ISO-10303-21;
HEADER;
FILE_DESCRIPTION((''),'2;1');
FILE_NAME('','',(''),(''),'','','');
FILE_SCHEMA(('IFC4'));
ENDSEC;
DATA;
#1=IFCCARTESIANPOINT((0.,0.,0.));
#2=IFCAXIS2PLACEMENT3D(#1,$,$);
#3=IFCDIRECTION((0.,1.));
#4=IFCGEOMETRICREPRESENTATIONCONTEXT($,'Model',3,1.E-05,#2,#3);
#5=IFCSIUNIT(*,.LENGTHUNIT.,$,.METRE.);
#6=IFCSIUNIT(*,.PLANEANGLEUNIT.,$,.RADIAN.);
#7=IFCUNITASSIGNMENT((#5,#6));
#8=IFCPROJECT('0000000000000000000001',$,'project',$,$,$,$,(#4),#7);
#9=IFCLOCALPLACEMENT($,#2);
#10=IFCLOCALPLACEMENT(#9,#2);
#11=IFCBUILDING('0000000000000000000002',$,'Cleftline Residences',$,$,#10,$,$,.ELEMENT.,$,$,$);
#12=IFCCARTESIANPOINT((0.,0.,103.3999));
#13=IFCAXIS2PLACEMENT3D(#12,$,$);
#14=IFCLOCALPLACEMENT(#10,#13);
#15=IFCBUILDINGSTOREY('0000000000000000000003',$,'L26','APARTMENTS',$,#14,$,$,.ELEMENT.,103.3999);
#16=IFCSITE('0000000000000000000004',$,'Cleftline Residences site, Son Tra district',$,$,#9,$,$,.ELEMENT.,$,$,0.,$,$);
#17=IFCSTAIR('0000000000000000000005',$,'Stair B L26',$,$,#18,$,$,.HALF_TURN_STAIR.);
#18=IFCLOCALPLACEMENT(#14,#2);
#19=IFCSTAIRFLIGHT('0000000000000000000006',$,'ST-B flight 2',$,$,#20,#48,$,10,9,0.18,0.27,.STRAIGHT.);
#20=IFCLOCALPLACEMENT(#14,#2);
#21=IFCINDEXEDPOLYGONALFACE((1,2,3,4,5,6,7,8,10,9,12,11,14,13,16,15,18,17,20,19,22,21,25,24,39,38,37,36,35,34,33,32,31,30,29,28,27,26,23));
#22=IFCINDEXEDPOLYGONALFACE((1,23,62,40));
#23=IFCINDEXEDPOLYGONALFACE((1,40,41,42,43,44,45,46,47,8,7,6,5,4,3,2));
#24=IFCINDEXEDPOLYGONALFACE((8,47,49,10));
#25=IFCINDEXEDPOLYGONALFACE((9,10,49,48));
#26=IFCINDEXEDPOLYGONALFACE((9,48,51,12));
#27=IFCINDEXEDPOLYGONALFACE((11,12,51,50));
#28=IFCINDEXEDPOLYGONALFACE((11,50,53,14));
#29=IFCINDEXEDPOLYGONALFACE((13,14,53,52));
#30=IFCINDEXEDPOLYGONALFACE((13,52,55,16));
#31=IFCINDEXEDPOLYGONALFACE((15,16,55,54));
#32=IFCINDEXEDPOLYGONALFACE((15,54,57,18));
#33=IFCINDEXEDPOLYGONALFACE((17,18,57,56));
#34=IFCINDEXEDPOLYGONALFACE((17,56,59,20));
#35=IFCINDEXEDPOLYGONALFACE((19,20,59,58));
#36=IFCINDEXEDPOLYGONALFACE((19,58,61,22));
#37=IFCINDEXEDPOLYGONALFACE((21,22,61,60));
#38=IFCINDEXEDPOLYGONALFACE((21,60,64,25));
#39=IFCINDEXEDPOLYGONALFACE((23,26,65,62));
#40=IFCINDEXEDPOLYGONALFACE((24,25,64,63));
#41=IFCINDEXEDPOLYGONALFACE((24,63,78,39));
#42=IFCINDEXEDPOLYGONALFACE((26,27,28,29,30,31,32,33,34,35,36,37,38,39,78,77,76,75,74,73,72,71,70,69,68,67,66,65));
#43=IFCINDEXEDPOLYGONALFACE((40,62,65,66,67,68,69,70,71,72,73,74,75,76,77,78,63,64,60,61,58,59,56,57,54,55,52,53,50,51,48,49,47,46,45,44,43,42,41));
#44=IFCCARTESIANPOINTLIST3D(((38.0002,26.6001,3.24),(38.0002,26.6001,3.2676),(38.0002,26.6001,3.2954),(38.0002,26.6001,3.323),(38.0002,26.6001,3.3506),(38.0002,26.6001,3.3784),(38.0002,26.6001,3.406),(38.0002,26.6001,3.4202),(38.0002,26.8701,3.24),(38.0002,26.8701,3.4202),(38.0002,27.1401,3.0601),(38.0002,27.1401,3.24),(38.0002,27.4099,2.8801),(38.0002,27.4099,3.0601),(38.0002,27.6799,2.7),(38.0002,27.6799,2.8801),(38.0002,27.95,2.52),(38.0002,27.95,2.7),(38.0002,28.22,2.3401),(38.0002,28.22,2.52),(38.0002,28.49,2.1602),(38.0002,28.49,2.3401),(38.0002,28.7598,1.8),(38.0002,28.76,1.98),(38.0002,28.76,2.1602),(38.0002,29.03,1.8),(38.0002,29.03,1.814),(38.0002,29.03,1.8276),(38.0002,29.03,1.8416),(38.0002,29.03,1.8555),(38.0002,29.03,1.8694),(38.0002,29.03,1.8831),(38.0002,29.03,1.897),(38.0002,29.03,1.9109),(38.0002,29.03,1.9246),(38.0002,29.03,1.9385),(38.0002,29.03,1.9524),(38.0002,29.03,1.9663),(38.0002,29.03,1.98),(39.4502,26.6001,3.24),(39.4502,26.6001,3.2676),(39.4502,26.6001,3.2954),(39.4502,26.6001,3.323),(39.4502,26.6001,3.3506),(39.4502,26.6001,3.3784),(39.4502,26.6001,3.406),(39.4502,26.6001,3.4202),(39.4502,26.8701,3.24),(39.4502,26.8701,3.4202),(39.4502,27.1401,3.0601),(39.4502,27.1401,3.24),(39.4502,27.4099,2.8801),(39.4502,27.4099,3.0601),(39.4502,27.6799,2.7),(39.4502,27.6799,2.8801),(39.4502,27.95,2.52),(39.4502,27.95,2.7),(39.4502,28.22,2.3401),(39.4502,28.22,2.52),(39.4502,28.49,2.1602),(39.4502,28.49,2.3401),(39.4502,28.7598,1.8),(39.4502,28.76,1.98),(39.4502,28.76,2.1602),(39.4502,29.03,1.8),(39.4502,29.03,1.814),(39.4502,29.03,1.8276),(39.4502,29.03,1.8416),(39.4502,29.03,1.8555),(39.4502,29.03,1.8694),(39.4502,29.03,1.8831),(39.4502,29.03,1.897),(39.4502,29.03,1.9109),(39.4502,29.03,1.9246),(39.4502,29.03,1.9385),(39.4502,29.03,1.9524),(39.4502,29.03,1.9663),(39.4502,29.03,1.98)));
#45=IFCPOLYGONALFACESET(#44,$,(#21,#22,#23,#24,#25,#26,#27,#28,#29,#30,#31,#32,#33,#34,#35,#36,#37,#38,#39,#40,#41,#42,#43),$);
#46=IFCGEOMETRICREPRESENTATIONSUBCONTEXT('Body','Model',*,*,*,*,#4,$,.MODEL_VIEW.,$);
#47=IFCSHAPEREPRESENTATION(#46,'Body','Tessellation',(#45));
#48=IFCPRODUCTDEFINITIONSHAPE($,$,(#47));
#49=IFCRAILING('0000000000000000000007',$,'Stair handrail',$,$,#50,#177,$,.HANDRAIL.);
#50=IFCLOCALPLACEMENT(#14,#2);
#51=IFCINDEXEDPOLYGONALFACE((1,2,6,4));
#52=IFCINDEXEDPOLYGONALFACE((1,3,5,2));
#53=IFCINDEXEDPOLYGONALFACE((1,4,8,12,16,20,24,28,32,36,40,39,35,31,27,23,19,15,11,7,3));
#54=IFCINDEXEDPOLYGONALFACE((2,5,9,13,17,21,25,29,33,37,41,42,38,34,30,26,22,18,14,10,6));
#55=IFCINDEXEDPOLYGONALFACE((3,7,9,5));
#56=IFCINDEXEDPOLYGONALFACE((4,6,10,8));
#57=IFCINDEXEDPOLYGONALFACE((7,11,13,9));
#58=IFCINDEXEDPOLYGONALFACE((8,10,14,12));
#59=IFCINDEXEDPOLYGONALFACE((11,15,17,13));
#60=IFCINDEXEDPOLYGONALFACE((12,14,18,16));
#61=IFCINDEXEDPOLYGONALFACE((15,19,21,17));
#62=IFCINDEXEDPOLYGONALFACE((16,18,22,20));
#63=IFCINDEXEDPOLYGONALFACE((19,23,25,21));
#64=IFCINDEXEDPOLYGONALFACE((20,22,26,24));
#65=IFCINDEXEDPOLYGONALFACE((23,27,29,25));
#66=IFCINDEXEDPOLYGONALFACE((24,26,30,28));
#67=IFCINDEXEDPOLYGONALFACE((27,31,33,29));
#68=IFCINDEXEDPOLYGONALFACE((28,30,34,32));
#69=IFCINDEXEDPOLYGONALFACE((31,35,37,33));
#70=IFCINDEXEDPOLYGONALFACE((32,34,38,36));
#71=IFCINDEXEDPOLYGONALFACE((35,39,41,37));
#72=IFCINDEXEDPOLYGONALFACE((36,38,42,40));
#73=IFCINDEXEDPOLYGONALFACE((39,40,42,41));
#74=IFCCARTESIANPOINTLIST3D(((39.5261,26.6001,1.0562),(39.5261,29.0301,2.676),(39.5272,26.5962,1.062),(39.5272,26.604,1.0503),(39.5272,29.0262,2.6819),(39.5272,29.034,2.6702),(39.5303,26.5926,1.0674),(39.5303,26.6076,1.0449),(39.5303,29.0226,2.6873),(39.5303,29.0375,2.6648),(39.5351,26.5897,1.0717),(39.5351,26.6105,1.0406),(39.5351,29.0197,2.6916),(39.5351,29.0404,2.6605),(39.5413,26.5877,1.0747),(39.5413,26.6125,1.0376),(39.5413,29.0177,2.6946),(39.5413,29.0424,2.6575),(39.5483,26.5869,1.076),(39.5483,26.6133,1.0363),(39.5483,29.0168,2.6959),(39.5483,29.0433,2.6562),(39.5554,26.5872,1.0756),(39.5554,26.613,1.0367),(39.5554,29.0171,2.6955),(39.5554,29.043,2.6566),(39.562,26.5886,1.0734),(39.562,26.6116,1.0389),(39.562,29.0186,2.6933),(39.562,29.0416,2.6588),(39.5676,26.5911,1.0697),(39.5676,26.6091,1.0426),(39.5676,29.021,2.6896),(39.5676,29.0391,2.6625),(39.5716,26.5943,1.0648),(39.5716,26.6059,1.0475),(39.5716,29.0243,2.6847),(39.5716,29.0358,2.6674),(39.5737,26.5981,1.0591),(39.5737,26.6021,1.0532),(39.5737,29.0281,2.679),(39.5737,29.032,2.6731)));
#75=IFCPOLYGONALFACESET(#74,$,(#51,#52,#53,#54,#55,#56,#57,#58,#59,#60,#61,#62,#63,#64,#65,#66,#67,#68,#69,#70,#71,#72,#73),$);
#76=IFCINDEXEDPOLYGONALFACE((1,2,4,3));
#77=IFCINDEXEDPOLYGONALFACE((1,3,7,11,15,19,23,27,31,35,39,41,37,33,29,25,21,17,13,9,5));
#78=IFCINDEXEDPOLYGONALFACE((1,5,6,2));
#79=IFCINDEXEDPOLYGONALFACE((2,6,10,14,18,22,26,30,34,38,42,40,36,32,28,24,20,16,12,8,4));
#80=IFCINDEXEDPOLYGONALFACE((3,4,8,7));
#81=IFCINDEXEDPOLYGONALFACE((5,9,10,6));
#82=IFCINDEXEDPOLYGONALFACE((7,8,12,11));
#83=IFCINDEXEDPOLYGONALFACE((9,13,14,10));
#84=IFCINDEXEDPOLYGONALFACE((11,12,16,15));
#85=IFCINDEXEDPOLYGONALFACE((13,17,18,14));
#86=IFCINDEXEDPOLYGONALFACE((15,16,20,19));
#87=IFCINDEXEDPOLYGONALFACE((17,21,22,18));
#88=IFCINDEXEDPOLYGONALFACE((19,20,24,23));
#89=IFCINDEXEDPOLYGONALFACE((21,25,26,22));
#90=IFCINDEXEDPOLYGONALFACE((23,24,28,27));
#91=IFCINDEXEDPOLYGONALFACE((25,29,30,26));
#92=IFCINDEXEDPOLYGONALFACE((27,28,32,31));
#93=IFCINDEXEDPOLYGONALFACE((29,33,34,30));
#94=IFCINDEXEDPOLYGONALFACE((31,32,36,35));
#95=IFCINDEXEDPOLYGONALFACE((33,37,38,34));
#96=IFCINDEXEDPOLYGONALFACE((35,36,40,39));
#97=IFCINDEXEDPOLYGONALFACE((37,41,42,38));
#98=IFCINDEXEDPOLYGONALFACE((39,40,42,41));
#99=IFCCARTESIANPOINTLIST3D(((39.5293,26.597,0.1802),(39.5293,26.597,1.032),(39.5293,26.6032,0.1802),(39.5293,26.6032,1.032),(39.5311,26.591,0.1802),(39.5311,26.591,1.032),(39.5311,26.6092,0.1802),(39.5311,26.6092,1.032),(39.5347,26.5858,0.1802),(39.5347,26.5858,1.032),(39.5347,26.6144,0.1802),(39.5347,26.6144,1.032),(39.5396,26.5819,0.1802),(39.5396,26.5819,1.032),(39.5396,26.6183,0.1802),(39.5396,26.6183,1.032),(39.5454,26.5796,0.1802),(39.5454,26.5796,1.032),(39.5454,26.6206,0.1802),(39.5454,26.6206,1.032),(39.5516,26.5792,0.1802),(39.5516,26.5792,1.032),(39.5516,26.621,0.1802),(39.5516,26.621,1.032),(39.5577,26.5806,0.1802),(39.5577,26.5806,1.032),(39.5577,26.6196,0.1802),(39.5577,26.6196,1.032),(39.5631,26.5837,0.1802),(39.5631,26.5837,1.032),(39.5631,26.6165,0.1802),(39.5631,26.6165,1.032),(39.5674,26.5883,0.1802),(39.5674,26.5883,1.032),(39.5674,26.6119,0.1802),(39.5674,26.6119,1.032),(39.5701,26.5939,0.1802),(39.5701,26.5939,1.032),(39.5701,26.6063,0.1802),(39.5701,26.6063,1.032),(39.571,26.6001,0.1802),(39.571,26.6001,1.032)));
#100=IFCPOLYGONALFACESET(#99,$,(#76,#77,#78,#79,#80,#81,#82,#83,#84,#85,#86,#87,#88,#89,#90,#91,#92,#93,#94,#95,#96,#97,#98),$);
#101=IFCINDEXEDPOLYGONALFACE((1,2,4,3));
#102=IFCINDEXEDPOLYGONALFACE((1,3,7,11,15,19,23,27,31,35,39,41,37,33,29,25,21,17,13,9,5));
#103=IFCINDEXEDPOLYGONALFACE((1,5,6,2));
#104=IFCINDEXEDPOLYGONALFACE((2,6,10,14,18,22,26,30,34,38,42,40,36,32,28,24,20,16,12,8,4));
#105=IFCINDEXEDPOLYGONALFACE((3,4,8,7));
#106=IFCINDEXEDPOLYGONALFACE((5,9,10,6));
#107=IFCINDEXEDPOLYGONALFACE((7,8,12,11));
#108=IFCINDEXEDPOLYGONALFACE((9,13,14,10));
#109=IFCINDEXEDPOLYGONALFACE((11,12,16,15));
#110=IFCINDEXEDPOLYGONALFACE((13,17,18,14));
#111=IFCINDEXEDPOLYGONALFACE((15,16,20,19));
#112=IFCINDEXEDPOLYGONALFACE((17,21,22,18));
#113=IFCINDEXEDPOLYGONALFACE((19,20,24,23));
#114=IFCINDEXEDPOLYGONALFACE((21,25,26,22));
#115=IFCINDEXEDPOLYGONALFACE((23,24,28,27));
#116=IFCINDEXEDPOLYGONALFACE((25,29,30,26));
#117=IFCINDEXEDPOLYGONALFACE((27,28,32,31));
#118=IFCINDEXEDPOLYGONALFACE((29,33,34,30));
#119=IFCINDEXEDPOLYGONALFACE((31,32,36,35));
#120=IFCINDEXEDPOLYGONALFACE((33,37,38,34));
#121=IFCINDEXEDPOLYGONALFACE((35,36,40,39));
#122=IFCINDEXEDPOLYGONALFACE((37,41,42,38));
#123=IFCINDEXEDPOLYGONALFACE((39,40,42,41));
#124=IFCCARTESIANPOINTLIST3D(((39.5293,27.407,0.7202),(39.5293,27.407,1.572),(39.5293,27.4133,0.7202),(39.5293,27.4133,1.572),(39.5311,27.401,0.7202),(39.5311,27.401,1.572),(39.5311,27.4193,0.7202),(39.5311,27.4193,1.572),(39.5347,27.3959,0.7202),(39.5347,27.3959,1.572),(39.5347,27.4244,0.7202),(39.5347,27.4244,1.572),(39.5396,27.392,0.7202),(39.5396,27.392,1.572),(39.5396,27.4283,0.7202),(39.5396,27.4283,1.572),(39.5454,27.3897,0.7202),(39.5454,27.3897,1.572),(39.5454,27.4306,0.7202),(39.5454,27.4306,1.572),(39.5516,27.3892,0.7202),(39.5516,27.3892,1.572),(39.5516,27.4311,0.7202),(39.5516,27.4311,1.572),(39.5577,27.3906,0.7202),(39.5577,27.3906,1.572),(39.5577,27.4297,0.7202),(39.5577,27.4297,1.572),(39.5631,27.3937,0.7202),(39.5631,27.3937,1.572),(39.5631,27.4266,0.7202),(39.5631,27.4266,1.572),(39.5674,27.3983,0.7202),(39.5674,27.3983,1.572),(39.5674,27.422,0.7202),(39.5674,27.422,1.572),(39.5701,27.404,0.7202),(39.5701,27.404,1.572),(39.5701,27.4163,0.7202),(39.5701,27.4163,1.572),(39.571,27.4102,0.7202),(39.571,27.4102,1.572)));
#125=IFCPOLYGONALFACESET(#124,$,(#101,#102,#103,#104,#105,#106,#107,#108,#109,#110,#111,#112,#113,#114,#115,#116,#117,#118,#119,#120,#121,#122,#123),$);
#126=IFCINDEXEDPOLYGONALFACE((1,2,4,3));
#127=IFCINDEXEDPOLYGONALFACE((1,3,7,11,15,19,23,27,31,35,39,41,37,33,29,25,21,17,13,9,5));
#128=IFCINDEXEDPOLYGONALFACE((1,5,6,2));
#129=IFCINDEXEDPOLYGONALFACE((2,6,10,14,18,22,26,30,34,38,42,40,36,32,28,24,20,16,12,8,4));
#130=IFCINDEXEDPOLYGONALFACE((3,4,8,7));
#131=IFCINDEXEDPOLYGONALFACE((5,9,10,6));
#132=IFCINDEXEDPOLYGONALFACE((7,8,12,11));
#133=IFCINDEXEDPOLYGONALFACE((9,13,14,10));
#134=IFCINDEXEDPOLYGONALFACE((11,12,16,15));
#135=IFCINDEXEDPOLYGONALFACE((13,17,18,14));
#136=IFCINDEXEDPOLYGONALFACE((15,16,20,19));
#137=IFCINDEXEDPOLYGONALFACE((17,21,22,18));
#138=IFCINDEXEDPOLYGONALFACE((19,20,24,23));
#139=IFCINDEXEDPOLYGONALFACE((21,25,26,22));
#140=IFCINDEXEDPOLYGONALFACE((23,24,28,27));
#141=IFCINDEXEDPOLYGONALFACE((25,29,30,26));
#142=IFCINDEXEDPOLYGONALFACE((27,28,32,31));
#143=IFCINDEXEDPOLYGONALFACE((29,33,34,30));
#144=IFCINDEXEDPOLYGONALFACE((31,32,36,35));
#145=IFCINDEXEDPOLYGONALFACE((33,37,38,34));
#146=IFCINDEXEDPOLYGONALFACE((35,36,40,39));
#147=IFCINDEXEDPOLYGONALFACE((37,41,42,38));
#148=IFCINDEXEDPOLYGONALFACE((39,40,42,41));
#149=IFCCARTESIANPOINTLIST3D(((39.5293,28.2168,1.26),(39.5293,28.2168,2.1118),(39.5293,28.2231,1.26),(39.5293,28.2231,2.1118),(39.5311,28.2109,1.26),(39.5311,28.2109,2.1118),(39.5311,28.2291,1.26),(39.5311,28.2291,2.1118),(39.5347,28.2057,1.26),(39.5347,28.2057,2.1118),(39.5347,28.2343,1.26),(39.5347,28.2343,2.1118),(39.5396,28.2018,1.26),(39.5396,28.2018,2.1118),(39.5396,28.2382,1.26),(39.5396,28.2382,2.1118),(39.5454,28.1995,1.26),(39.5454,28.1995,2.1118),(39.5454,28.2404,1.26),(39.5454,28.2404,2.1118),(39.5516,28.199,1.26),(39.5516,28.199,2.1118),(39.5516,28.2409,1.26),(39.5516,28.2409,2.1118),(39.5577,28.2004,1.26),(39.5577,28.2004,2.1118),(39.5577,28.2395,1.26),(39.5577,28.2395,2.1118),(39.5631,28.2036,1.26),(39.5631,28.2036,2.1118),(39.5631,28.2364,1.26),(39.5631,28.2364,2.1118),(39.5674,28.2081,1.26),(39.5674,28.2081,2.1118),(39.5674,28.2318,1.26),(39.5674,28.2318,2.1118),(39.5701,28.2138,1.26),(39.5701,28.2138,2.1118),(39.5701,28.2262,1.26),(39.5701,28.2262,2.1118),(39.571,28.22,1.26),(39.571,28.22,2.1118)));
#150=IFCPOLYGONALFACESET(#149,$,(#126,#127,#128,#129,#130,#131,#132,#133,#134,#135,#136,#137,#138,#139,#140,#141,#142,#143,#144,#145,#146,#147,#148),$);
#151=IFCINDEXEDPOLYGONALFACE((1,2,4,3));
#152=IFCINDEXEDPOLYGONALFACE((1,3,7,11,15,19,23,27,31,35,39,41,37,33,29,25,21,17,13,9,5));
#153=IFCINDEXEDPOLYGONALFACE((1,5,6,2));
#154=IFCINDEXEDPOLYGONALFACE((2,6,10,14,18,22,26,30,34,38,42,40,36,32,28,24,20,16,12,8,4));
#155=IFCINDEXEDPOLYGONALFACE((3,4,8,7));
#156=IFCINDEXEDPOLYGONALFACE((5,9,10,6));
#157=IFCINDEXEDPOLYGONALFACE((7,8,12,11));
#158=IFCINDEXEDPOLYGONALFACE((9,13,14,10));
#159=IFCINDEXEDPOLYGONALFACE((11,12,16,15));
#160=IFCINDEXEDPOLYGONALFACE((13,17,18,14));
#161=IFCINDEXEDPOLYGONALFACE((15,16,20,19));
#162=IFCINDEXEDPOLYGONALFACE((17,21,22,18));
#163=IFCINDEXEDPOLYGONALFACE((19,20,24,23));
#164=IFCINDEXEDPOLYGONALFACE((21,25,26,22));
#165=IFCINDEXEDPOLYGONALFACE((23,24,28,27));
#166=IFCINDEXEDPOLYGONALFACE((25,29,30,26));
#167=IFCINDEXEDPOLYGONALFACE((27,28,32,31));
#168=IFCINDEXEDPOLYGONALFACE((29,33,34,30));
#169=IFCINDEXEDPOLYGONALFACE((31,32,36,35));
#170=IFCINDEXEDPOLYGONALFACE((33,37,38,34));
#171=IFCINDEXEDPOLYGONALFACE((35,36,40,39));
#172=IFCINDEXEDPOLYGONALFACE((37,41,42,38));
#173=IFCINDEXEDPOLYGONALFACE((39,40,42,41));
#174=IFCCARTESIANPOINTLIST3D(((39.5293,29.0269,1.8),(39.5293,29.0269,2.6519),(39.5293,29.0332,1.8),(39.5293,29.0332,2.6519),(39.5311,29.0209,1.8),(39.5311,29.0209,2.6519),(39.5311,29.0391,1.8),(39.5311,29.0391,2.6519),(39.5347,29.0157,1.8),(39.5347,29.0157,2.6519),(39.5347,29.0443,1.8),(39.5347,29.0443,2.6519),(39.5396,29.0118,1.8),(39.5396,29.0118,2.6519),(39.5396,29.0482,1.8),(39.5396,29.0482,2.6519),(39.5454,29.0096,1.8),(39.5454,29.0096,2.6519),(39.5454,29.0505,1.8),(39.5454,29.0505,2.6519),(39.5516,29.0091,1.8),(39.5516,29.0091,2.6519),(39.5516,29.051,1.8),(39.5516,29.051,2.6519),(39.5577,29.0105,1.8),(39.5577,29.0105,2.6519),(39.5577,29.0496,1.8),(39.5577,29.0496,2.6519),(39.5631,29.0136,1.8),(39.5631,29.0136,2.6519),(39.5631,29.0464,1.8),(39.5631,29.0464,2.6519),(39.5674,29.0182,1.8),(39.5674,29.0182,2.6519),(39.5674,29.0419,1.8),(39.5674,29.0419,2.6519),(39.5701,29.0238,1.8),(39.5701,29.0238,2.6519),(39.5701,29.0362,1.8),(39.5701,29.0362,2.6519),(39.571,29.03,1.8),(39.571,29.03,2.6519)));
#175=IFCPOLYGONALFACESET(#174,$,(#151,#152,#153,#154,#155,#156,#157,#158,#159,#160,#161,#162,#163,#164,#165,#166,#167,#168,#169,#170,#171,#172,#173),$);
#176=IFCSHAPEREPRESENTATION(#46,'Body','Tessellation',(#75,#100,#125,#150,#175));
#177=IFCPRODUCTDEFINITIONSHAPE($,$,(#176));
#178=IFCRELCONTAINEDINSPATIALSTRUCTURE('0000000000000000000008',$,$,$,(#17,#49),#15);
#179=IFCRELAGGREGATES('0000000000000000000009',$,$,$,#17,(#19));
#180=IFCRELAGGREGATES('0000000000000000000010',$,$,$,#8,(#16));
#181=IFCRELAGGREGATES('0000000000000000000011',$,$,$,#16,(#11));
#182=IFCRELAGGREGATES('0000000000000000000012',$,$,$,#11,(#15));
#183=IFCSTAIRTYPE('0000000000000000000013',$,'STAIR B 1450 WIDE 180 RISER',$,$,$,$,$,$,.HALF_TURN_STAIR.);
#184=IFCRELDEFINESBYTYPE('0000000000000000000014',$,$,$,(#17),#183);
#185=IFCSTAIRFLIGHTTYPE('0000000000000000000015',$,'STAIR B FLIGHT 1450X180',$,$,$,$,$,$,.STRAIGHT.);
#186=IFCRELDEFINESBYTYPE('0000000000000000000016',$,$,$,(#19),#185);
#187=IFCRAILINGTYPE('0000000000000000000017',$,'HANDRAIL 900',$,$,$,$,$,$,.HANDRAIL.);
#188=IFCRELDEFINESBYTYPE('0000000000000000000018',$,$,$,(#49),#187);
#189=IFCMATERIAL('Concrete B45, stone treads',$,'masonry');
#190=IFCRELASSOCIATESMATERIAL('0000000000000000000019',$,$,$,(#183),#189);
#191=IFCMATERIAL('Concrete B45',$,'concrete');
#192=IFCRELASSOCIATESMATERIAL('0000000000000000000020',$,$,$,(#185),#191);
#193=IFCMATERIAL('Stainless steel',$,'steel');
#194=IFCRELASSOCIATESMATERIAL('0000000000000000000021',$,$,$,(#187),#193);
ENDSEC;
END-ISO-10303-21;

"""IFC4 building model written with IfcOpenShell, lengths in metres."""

from ifc_helpers import new_model, si_unit, direction, frame, origin, origin_2d, place, context, subcontext, project, spatial, polyline, circle, outline, extrude, material, type_object, element, aggregate, save


model = new_model("IFC4")

# Units and contexts
model_context = context("Model", 3, precision=1e-05, world=origin(), true_north=direction((0.0, 1.0)))
body_context = subcontext(model_context, "Body", "Model", "MODEL_VIEW")
ifc_project = project(units=[si_unit("LENGTHUNIT", "METRE"), si_unit("PLANEANGLEUNIT", "RADIAN")], contexts=[model_context])

# Site, building, storey
site_placement = place(None, origin())
site = spatial("IfcSite", under=ifc_project, at=site_placement, Name="Cleftline Residences site, Son Tra district", CompositionType="ELEMENT", RefElevation=0.0)
building_placement = place(site_placement, origin())
building = spatial("IfcBuilding", under=site, at=building_placement, Name="Cleftline Residences", CompositionType="ELEMENT")
storey_placement = place(building_placement, frame((0.0, 0.0, 103.3999)))
storey = spatial("IfcBuildingStorey", under=building, at=storey_placement, Name="L26", Description="APARTMENTS", CompositionType="ELEMENT", Elevation=103.3999)

# Stair, stair flight
ifc_material_1 = material(Name="Concrete B45, stone treads", Category="masonry")
stair_type = type_object("IfcStairType", Name="STAIR B 1450 WIDE 180 RISER", PredefinedType="HALF_TURN_STAIR", material=ifc_material_1)
stair_placement = place(storey_placement, origin())
stair = element("IfcStair", 1, at=stair_placement, inside=storey, type_object=stair_type, Name="Stair B L26", PredefinedType="HALF_TURN_STAIR")
ifc_material_2 = material(Name="Concrete B45", Category="concrete")
stair_flight_type = type_object("IfcStairFlightType", Name="STAIR B FLIGHT 1450X180", PredefinedType="STRAIGHT", material=ifc_material_2)
stair_flight_1_placement = place(storey_placement, frame((38.7251, 29.03, 1.8), z_axis=(0.0, 0.0, 1.0), x_axis=(0.0, -1.0, 0.0)))
stair_flight_1 = element("IfcStairFlight", 2, at=stair_flight_1_placement, type_object=stair_flight_type, Name="ST-B flight 2", NumberOfRisers=10, NumberOfTreads=9, PredefinedType="STRAIGHT", RiserHeight=0.18, TreadLength=0.27, context=body_context, shape_type="SweptSolid", body=[
    extrude(outline(polyline([(0.0, 0.0), (0.0, 0.0139), (0.0, 0.0276), (0.0, 0.0415), (0.0, 0.0554), (0.0, 0.0693), (0.0, 0.083), (0.0, 0.0969), (0.0, 0.1108), (0.0, 0.1245), (0.0, 0.1384), (0.0, 0.1523), (0.0, 0.1663), (0.0, 0.1799), (0.27, 0.1799), (0.27, 0.3601), (0.54, 0.3601), (0.54, 0.54), (0.8101, 0.54), (0.8101, 0.72), (1.0801, 0.72), (1.0801, 0.8999), (1.3501, 0.8999), (1.3501, 1.0801), (1.6201, 1.0801), (1.6201, 1.26), (1.8899, 1.26), (1.8899, 1.4399), (2.1599, 1.4399), (2.1599, 1.6201), (2.4299, 1.6201), (2.4299, 1.8), (2.4299, 1.7722), (2.4299, 1.7446), (2.4299, 1.7168), (2.4299, 1.6892), (2.4299, 1.6614), (2.4299, 1.6338), (2.4299, 1.606), (2.4299, 1.5784), (2.4299, 1.5505), (2.4299, 1.5229), (2.4299, 1.4954), (2.4299, 1.4675), (2.4299, 1.4399), (0.2703, 0.0), (0.0, 0.0)])), frame((0.0, 0.7251, 0.0), z_axis=(0.0, -1.0, 0.0), x_axis=(1.0, 0.0, 0.0)), (0.0, 0.0, 1.0), 1.45),
])
aggregate(stair, [stair_flight_1])

# Railing
ifc_material_3 = material(Name="Stainless steel", Category="steel")
railing_type = type_object("IfcRailingType", Name="HANDRAIL 900", PredefinedType="HANDRAIL", material=ifc_material_3)
railing_1_placement = place(storey_placement, frame((39.55, 26.6001, 0.1802)))
element("IfcRailing", 3, at=railing_1_placement, inside=storey, type_object=railing_type, Name="Stair handrail", PredefinedType="HANDRAIL", context=body_context, shape_type="SweptSolid", body=[
    extrude(circle(Radius=0.0239, at=origin_2d()), frame((0.0, 0.0, 0.876), z_axis=(0.0, 0.832063, 0.554681), x_axis=(-1.0, 0.0, 0.0)), (0.0, 0.0, 1.0), 2.9204),
    extrude(circle(Radius=0.021, at=origin_2d()), origin(), (0.0, 0.0, 1.0), 0.8518),
    extrude(circle(Radius=0.021, at=origin_2d()), frame((0.0, 0.8101, 0.54)), (0.0, 0.0, 1.0), 0.8518),
    extrude(circle(Radius=0.021, at=origin_2d()), frame((0.0, 1.6199, 1.0798)), (0.0, 0.0, 1.0), 0.8518),
    extrude(circle(Radius=0.021, at=origin_2d()), frame((0.0, 2.4299, 1.6199)), (0.0, 0.0, 1.0), 0.8518),
])

save(model, "model.ifc")
